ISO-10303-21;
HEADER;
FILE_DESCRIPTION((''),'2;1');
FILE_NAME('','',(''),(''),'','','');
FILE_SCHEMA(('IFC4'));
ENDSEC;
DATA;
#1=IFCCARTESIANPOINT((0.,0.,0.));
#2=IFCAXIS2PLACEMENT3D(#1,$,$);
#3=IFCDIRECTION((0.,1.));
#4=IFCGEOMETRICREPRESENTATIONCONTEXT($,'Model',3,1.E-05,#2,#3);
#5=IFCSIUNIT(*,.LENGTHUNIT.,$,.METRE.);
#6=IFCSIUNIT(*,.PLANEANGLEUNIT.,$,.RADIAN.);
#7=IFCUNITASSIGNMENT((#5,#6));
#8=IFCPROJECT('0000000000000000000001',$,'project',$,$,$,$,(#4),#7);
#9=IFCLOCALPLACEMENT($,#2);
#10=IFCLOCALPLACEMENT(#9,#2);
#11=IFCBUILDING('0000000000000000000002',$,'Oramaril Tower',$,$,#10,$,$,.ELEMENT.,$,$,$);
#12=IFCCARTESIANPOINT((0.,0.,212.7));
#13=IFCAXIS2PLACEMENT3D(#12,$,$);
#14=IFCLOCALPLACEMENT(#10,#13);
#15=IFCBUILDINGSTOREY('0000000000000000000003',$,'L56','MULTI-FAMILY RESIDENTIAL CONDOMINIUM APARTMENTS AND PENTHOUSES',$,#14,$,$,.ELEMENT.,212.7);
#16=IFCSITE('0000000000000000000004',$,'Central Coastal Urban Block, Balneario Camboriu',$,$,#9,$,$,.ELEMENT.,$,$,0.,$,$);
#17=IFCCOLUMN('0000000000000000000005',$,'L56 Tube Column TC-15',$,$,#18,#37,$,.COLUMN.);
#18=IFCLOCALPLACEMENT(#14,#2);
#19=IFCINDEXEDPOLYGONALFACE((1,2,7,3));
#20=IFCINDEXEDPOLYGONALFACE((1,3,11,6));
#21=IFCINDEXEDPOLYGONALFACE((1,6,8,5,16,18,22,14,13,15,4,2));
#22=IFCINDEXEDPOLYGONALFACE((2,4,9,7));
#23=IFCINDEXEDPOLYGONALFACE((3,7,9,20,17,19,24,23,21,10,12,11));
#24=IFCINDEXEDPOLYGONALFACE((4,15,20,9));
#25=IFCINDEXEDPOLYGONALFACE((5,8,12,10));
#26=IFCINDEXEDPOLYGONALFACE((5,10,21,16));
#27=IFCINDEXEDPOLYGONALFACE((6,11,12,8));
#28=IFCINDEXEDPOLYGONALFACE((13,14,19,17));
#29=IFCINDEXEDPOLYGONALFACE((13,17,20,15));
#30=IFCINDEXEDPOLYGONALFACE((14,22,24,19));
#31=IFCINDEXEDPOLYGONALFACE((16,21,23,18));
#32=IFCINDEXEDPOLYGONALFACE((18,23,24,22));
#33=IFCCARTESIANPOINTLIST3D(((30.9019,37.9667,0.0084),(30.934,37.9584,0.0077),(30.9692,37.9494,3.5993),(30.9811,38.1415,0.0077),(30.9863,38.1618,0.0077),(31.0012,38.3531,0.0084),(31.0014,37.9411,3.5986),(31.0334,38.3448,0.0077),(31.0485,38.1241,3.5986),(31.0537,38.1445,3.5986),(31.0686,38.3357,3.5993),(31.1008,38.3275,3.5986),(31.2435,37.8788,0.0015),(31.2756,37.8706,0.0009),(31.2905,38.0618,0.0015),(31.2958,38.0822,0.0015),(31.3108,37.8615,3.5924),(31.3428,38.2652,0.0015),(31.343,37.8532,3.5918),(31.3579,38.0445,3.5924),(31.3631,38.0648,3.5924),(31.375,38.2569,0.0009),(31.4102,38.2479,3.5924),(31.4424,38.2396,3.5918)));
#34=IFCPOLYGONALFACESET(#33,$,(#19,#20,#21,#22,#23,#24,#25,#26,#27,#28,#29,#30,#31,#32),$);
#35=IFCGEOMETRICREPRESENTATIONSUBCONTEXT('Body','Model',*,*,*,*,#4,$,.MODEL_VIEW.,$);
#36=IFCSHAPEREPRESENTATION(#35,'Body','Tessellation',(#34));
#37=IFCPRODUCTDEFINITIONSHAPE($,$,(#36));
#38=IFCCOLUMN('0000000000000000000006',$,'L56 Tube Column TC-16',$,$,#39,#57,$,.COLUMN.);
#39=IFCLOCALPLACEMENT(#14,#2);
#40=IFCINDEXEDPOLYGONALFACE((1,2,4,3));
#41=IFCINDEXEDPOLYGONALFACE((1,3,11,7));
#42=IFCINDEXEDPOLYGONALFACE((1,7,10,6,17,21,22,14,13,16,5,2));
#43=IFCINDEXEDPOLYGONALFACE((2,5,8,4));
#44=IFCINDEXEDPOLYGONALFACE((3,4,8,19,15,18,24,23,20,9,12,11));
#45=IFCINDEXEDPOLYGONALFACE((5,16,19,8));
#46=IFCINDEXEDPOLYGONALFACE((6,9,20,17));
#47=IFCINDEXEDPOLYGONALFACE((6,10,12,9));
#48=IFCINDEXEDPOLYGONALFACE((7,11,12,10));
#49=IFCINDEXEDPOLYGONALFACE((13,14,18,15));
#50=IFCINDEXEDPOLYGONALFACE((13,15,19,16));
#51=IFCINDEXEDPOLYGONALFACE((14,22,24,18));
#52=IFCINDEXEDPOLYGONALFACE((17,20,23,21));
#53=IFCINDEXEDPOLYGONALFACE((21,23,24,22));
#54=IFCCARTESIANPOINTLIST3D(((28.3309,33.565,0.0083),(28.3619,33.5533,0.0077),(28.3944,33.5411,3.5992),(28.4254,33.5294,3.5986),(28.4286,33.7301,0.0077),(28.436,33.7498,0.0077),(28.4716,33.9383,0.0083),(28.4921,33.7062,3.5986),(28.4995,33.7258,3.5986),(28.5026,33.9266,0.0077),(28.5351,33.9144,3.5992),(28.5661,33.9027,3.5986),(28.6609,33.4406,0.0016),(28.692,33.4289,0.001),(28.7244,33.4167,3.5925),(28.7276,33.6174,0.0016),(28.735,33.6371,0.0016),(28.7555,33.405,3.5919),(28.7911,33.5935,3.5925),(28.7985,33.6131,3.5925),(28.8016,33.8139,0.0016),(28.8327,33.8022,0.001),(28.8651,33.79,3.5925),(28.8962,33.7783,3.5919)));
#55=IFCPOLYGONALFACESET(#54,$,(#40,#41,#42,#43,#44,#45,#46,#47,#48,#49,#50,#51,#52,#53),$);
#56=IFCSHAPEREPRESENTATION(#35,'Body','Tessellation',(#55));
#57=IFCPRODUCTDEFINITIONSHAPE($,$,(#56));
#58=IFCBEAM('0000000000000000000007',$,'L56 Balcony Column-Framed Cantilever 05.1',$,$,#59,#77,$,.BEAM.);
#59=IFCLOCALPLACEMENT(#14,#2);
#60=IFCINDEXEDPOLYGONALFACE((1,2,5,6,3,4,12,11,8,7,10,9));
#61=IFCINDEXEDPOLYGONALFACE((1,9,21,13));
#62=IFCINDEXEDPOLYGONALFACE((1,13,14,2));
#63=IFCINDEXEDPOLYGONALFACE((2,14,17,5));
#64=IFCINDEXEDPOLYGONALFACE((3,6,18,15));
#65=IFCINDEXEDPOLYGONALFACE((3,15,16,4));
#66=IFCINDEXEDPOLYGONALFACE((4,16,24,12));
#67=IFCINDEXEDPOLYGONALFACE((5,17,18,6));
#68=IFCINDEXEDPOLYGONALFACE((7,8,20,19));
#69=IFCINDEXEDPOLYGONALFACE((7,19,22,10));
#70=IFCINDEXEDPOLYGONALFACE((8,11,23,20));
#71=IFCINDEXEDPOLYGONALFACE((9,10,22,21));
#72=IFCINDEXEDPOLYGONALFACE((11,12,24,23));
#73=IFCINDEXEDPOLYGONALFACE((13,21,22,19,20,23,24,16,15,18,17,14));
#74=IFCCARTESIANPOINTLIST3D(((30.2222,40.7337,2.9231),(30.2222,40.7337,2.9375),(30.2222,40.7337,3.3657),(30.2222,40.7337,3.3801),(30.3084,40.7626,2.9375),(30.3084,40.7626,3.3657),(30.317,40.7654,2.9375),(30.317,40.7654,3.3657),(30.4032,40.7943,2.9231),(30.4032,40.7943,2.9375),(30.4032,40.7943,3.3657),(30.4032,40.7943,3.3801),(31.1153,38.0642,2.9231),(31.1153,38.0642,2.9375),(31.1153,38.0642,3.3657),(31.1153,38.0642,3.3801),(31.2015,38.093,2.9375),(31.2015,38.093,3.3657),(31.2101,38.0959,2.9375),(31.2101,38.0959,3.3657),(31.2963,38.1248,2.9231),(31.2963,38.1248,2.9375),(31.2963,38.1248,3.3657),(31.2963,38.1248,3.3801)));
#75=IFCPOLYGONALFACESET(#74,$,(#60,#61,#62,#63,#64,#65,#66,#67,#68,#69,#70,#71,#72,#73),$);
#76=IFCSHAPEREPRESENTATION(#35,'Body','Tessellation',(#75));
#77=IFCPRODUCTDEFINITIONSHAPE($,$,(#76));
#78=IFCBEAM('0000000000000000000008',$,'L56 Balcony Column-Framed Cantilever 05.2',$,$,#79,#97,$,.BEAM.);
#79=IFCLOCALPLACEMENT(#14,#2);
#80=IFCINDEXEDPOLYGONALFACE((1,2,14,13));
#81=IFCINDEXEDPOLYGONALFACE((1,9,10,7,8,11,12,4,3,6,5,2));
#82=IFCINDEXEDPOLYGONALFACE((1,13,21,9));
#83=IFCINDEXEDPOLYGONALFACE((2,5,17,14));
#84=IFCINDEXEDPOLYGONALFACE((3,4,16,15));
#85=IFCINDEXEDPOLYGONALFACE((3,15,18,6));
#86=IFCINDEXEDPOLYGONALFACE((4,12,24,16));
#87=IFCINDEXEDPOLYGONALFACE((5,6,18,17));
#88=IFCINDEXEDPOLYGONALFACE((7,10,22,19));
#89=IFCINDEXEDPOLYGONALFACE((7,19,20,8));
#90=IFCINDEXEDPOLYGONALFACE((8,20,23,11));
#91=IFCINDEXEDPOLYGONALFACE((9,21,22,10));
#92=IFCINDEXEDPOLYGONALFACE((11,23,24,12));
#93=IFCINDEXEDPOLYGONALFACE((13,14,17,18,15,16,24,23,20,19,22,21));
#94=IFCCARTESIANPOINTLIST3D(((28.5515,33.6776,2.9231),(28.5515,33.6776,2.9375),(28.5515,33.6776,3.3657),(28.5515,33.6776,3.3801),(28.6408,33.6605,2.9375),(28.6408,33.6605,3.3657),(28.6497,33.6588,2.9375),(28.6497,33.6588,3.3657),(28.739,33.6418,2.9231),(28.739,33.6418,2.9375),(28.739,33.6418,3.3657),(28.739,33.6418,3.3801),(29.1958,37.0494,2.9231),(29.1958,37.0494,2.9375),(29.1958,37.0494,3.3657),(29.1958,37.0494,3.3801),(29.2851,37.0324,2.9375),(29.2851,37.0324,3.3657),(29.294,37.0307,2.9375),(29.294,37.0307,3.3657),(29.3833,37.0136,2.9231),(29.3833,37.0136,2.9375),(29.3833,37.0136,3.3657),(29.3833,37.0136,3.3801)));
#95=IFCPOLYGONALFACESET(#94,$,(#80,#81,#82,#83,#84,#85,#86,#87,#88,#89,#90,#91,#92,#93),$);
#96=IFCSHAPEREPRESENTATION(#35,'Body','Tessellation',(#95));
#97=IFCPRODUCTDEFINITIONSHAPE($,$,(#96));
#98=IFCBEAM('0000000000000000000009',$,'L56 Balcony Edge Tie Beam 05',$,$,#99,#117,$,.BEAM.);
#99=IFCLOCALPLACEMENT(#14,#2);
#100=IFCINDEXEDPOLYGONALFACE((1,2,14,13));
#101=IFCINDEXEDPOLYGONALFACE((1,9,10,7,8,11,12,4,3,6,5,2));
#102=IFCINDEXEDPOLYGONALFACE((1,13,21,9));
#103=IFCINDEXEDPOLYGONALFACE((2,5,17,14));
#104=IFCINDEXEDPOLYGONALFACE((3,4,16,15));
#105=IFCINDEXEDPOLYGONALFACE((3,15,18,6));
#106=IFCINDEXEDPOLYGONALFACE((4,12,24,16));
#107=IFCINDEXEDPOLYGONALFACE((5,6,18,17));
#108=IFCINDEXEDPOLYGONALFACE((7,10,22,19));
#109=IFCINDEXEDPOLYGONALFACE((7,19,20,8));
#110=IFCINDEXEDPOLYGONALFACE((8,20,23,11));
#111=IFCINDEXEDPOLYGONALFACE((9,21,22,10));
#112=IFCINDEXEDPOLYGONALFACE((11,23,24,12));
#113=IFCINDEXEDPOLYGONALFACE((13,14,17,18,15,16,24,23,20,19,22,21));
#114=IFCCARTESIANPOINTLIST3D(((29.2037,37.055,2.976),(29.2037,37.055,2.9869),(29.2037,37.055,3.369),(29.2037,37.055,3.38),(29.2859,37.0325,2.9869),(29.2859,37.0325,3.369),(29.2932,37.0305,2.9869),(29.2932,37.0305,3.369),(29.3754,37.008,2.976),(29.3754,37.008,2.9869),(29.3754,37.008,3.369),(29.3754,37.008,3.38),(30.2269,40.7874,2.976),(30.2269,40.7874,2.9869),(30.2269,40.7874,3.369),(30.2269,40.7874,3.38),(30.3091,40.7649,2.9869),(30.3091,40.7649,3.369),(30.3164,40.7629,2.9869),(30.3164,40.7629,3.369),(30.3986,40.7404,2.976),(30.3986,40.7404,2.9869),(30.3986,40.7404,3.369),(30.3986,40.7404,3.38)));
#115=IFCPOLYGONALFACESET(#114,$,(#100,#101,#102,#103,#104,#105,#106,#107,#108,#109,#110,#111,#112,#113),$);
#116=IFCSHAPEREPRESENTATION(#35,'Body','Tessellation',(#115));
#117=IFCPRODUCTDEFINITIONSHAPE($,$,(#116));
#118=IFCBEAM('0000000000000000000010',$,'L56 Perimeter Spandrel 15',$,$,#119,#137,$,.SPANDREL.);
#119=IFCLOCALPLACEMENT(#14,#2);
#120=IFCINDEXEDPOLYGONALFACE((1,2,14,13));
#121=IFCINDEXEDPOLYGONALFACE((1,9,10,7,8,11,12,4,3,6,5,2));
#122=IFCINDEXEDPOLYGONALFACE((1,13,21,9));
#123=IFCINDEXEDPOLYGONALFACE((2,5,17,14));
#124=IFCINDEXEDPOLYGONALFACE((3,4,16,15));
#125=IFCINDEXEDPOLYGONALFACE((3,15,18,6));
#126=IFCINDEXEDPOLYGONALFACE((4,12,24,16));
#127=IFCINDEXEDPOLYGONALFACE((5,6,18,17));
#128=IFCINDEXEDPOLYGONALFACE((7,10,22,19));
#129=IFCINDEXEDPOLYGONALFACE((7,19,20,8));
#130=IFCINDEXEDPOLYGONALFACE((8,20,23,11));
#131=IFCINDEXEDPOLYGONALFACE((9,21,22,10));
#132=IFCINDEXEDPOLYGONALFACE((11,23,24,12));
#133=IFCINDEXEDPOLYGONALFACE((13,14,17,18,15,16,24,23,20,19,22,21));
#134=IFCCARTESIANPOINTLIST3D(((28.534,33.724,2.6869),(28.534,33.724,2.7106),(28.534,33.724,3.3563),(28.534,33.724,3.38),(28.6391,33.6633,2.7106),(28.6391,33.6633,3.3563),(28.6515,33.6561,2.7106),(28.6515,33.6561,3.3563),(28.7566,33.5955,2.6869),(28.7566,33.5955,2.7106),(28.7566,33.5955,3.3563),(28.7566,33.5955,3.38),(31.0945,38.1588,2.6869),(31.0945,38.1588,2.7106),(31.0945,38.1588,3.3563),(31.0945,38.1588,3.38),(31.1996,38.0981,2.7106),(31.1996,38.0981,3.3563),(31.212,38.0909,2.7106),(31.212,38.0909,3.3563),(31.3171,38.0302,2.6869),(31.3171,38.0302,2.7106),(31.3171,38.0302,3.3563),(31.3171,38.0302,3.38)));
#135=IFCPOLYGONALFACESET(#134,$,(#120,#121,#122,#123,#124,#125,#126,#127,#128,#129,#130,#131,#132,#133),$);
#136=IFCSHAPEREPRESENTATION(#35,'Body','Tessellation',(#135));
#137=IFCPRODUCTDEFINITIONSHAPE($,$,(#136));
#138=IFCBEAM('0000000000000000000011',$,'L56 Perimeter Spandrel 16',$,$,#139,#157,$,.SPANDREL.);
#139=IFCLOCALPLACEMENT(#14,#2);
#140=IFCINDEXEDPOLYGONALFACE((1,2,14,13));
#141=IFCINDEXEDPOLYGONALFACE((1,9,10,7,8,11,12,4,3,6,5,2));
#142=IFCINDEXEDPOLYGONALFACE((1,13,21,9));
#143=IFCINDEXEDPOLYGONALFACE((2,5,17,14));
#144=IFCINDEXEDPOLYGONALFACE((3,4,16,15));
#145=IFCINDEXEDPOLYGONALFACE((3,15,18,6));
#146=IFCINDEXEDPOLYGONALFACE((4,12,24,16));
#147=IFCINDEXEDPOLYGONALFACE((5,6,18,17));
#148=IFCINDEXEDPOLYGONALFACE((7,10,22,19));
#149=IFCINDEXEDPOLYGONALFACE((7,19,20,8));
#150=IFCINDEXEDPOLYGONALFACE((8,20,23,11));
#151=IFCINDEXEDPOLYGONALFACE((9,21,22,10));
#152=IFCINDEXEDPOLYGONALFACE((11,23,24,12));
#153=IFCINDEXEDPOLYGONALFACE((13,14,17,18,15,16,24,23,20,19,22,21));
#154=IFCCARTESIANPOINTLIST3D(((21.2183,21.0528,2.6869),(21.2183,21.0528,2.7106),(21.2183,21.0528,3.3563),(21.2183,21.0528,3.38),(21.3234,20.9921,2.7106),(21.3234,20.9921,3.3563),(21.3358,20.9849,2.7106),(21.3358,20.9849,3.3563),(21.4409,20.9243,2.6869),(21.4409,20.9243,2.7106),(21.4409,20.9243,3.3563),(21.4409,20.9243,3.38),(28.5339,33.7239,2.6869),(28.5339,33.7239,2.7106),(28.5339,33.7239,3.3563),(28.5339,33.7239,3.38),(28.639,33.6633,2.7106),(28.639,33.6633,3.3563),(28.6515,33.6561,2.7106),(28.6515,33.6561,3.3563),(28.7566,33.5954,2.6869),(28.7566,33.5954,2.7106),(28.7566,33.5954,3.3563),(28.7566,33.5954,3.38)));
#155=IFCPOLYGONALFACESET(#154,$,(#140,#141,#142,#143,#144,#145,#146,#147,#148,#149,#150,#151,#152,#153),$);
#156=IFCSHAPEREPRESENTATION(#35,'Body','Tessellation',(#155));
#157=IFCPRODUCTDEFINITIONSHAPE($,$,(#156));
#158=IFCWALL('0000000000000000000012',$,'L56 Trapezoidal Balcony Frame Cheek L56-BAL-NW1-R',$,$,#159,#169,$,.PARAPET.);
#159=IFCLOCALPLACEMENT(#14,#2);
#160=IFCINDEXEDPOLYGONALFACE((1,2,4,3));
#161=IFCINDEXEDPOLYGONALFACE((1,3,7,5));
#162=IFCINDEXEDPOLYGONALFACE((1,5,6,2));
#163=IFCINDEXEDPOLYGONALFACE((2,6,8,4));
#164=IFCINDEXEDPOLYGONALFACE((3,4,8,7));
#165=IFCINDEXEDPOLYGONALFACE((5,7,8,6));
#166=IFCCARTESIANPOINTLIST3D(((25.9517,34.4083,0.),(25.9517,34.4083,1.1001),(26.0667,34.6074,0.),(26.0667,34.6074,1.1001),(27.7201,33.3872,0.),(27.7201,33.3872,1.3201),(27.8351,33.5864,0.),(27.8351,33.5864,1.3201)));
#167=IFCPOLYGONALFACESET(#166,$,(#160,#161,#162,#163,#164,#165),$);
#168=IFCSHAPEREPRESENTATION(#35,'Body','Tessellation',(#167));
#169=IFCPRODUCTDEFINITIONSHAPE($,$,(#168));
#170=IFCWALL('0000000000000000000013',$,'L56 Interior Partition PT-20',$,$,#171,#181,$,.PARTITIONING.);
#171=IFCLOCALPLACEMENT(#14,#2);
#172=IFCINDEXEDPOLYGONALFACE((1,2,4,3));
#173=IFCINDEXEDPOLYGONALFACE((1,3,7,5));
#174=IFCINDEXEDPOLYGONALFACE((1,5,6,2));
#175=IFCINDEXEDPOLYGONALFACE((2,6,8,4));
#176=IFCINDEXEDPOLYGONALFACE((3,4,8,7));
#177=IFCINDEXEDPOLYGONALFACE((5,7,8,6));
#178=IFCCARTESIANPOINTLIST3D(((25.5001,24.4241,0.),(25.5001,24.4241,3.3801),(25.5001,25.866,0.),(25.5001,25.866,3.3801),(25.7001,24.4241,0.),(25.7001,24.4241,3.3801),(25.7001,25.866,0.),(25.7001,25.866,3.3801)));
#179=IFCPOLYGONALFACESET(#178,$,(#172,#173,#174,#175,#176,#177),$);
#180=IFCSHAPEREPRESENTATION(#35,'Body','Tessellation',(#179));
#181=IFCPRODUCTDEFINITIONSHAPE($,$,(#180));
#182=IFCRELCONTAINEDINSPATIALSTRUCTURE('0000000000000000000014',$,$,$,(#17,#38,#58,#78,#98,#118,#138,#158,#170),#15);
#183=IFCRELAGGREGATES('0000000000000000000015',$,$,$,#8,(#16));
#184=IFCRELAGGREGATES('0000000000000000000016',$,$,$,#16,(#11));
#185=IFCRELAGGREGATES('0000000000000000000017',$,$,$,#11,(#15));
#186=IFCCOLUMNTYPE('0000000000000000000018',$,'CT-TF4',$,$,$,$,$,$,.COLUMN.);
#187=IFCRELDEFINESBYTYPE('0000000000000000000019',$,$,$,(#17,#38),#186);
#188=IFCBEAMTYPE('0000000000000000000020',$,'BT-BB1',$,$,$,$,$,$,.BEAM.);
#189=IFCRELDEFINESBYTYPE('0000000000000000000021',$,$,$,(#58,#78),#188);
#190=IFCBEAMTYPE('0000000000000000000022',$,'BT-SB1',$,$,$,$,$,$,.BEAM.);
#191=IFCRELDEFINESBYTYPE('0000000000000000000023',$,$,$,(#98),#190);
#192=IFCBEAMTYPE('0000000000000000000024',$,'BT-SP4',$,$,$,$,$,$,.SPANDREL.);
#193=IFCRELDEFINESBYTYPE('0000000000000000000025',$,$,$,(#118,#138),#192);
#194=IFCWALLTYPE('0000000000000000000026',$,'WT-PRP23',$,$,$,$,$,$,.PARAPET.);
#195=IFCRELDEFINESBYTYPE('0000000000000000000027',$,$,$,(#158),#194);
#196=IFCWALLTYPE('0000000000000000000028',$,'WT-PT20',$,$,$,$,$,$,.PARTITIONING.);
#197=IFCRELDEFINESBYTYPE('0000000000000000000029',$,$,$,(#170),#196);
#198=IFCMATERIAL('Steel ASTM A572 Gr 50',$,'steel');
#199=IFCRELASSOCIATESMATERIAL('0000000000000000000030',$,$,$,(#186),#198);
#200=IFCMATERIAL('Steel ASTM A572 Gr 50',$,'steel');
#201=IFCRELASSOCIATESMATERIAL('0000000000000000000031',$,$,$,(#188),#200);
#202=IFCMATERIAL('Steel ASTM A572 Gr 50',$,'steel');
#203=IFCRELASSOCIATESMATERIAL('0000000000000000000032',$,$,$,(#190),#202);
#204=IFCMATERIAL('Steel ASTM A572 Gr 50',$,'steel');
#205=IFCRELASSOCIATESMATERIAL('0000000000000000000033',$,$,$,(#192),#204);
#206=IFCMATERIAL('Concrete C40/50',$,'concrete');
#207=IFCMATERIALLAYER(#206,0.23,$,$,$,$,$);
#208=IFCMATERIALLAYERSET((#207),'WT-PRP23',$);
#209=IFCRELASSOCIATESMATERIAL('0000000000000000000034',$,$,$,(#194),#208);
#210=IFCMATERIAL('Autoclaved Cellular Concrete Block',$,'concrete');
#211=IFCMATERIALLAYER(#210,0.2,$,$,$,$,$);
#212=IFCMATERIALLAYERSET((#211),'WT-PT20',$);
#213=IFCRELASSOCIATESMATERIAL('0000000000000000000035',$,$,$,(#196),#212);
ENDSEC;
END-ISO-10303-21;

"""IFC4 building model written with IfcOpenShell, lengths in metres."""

from ifc_helpers import new_model, si_unit, direction, frame, frame_2d, origin, origin_2d, place, context, subcontext, project, spatial, polyline, rectangle, i_section, outline, extrude, material, layer, layer_set, material_profile, profile_set, type_object, element, save


model = new_model("IFC4")

# Units and contexts
model_context = context("Model", 3, precision=1e-05, world=origin(), true_north=direction((0.0, 1.0)))
body_context = subcontext(model_context, "Body", "Model", "MODEL_VIEW")
ifc_project = project(units=[si_unit("LENGTHUNIT", "METRE"), si_unit("PLANEANGLEUNIT", "RADIAN")], contexts=[model_context])

# Site, building, storey
site_placement = place(None, origin())
site = spatial("IfcSite", under=ifc_project, at=site_placement, Name="Central Coastal Urban Block, Balneario Camboriu", CompositionType="ELEMENT", RefElevation=0.0)
building_placement = place(site_placement, origin())
building = spatial("IfcBuilding", under=site, at=building_placement, Name="Oramaril Tower", CompositionType="ELEMENT")
storey_placement = place(building_placement, frame((0.0, 0.0, 212.7)))
storey = spatial("IfcBuildingStorey", under=building, at=storey_placement, Name="L56", Description="MULTI-FAMILY RESIDENTIAL CONDOMINIUM APARTMENTS AND PENTHOUSES", CompositionType="ELEMENT", Elevation=212.7)

# Columns
ifc_material_1 = material(Name="Steel ASTM A572 Gr 50", Category="steel")
ifc_material_profile_1 = material_profile(ifc_material_1, i_section(OverallWidth=0.3989, OverallDepth=0.386, WebThickness=0.021, FlangeThickness=0.0332, at=origin_2d()), Name="W14X176")
ifc_profile_set_1 = profile_set([ifc_material_profile_1], Name="Steel ASTM A572 Gr 50")
column_type = type_object("IfcColumnType", Name="CT-TF4", PredefinedType="COLUMN", material=ifc_profile_set_1)
for number, where, z_axis, x_axis, name in (
    (1, (31.1384, 38.1118, 0.0046), (0.018762, -0.004826, 0.999812), (0.249135, 0.968469, 0.0), "L56 Tube Column TC-15"),
    (2, (28.5818, 33.6836, 0.0046), (0.017674, -0.006662, 0.999822), (0.352701, 0.935736, 0.0), "L56 Tube Column TC-16"),
):
    element("IfcColumn", number, at=place(storey_placement, frame(where, z_axis=z_axis, x_axis=x_axis)), inside=storey, type_object=column_type, Name=name, PredefinedType="COLUMN", context=body_context, shape_type="SweptSolid", body=[
        extrude(i_section(OverallWidth=0.3989, OverallDepth=0.386, WebThickness=0.021, FlangeThickness=0.0332, at=origin_2d()), origin(), (0.0, 0.0, 1.0), 3.5916),
    ])

# Beams
ifc_material_2 = material(Name="Steel ASTM A572 Gr 50", Category="steel")
ifc_material_profile_2 = material_profile(ifc_material_2, i_section(OverallWidth=0.1909, OverallDepth=0.457, WebThickness=0.009, FlangeThickness=0.0144, at=origin_2d()), Name="W18X50")
ifc_profile_set_2 = profile_set([ifc_material_profile_2], Name="Steel ASTM A572 Gr 50")
beam_type_1 = type_object("IfcBeamType", Name="BT-BB1", PredefinedType="BEAM", material=ifc_profile_set_2)
beam_1_placement = place(storey_placement, frame((31.2058, 38.0945, 3.1516), z_axis=(-0.317268, 0.948336, 0.0), x_axis=(-0.948336, -0.317268, 0.0)))
element("IfcBeam", 3, at=beam_1_placement, inside=storey, type_object=beam_type_1, Name="L56 Balcony Column-Framed Cantilever 05.1", PredefinedType="BEAM", context=body_context, shape_type="SweptSolid", body=[
    extrude(i_section(OverallWidth=0.1909, OverallDepth=0.457, WebThickness=0.009, FlangeThickness=0.0144, at=origin_2d()), origin(), (0.0, 0.0, 1.0), 2.8149),
])
beam_2_placement = place(storey_placement, frame((28.6453, 33.6597, 3.1516), z_axis=(0.187684, 0.982229, 0.0), x_axis=(-0.982229, 0.187684, 0.0)))
element("IfcBeam", 4, at=beam_2_placement, inside=storey, type_object=beam_type_1, Name="L56 Balcony Column-Framed Cantilever 05.2", PredefinedType="BEAM", context=body_context, shape_type="SweptSolid", body=[
    extrude(i_section(OverallWidth=0.1909, OverallDepth=0.457, WebThickness=0.009, FlangeThickness=0.0144, at=origin_2d()), origin(), (0.0, 0.0, 1.0), 3.4329),
])
ifc_material_3 = material(Name="Steel ASTM A572 Gr 50", Category="steel")
ifc_material_profile_3 = material_profile(ifc_material_3, i_section(OverallWidth=0.178, OverallDepth=0.4041, WebThickness=0.0076, FlangeThickness=0.011, at=origin_2d()), Name="W16X36")
ifc_profile_set_3 = profile_set([ifc_material_profile_3], Name="Steel ASTM A572 Gr 50")
beam_type_2 = type_object("IfcBeamType", Name="BT-SB1", PredefinedType="BEAM", material=ifc_profile_set_3)
beam_3_placement = place(storey_placement, frame((30.3127, 40.7639, 3.178), z_axis=(-0.264382, -0.964418, 0.0), x_axis=(0.964418, -0.264382, 0.0)))
element("IfcBeam", 5, at=beam_3_placement, inside=storey, type_object=beam_type_2, Name="L56 Balcony Edge Tie Beam 05", PredefinedType="BEAM", context=body_context, shape_type="SweptSolid", body=[
    extrude(i_section(OverallWidth=0.178, OverallDepth=0.4041, WebThickness=0.0076, FlangeThickness=0.011, at=origin_2d()), origin(), (0.0, 0.0, 1.0), 3.8701),
])
ifc_material_4 = material(Name="Steel ASTM A572 Gr 50", Category="steel")
ifc_material_profile_4 = material_profile(ifc_material_4, i_section(OverallWidth=0.2571, OverallDepth=0.6931, WebThickness=0.0144, FlangeThickness=0.0237, at=origin_2d()), Name="W27X114")
ifc_profile_set_4 = profile_set([ifc_material_profile_4], Name="Steel ASTM A572 Gr 50")
beam_type_3 = type_object("IfcBeamType", Name="BT-SP4", PredefinedType="SPANDREL", material=ifc_profile_set_4)
beam_4_placement = place(storey_placement, frame((31.2058, 38.0945, 3.0334), z_axis=(-0.500015, -0.866016, 0.0), x_axis=(0.866016, -0.500015, 0.0)))
element("IfcBeam", 6, at=beam_4_placement, inside=storey, type_object=beam_type_3, Name="L56 Perimeter Spandrel 15", PredefinedType="SPANDREL", context=body_context, shape_type="SweptSolid", body=[
    extrude(i_section(OverallWidth=0.2571, OverallDepth=0.6931, WebThickness=0.0144, FlangeThickness=0.0237, at=origin_2d()), origin(), (0.0, 0.0, 1.0), 5.1208),
])
beam_5_placement = place(storey_placement, frame((28.6453, 33.6597, 3.0334), z_axis=(-0.499999, -0.866026, 0.0), x_axis=(0.866026, -0.499999, 0.0)))
element("IfcBeam", 7, at=beam_5_placement, inside=storey, type_object=beam_type_3, Name="L56 Perimeter Spandrel 16", PredefinedType="SPANDREL", context=body_context, shape_type="SweptSolid", body=[
    extrude(i_section(OverallWidth=0.2571, OverallDepth=0.6931, WebThickness=0.0144, FlangeThickness=0.0237, at=origin_2d()), origin(), (0.0, 0.0, 1.0), 14.6313),
])

# Wall
ifc_material_5 = material(Name="Concrete C40/50", Category="concrete")
ifc_layer_1 = layer(ifc_material_5, 0.23)
ifc_layer_set_1 = layer_set([ifc_layer_1], Name="WT-PRP23")
wall_type_1 = type_object("IfcWallType", Name="WT-PRP23", PredefinedType="PARAPET", material=ifc_layer_set_1)
wall_1_placement = place(storey_placement, frame((27.7776, 33.4868, 0.0), z_axis=(0.0, 0.0, 1.0), x_axis=(-0.866012, 0.500023, 0.0)))
element("IfcWall", 8, at=wall_1_placement, inside=storey, type_object=wall_type_1, Name="L56 Trapezoidal Balcony Frame Cheek L56-BAL-NW1-R", PredefinedType="PARAPET", context=body_context, shape_type="SweptSolid", body=[
    extrude(outline(polyline([(0.0, 0.0), (2.042, 0.0), (2.042, 1.1001), (0.0, 1.3201), (0.0, 0.0)])), frame((0.0, 0.115, 0.0), z_axis=(0.0, -1.0, 0.0), x_axis=(1.0, 0.0, 0.0)), (0.0, 0.0, 1.0), 0.23),
])

# Shared definitions
ifc_material_6 = material(Name="Autoclaved Cellular Concrete Block", Category="concrete")
ifc_layer_2 = layer(ifc_material_6, 0.2)
ifc_layer_set_2 = layer_set([ifc_layer_2], Name="WT-PT20")
wall_type_2 = type_object("IfcWallType", Name="WT-PT20", PredefinedType="PARTITIONING", material=ifc_layer_set_2)

# Wall
wall_2_placement = place(storey_placement, frame((25.6001, 24.4241, 0.0), z_axis=(0.0, 0.0, 1.0), x_axis=(0.0, 1.0, 0.0)))
element("IfcWall", 9, at=wall_2_placement, inside=storey, type_object=wall_type_2, Name="L56 Interior Partition PT-20", PredefinedType="PARTITIONING", context=body_context, shape_type="SweptSolid", body=[
    extrude(rectangle(XDim=1.4419, YDim=0.2, at=frame_2d((0.7209, 0.0))), origin(), (0.0, 0.0, 1.0), 3.3801),
])

save(model, "model.ifc")
